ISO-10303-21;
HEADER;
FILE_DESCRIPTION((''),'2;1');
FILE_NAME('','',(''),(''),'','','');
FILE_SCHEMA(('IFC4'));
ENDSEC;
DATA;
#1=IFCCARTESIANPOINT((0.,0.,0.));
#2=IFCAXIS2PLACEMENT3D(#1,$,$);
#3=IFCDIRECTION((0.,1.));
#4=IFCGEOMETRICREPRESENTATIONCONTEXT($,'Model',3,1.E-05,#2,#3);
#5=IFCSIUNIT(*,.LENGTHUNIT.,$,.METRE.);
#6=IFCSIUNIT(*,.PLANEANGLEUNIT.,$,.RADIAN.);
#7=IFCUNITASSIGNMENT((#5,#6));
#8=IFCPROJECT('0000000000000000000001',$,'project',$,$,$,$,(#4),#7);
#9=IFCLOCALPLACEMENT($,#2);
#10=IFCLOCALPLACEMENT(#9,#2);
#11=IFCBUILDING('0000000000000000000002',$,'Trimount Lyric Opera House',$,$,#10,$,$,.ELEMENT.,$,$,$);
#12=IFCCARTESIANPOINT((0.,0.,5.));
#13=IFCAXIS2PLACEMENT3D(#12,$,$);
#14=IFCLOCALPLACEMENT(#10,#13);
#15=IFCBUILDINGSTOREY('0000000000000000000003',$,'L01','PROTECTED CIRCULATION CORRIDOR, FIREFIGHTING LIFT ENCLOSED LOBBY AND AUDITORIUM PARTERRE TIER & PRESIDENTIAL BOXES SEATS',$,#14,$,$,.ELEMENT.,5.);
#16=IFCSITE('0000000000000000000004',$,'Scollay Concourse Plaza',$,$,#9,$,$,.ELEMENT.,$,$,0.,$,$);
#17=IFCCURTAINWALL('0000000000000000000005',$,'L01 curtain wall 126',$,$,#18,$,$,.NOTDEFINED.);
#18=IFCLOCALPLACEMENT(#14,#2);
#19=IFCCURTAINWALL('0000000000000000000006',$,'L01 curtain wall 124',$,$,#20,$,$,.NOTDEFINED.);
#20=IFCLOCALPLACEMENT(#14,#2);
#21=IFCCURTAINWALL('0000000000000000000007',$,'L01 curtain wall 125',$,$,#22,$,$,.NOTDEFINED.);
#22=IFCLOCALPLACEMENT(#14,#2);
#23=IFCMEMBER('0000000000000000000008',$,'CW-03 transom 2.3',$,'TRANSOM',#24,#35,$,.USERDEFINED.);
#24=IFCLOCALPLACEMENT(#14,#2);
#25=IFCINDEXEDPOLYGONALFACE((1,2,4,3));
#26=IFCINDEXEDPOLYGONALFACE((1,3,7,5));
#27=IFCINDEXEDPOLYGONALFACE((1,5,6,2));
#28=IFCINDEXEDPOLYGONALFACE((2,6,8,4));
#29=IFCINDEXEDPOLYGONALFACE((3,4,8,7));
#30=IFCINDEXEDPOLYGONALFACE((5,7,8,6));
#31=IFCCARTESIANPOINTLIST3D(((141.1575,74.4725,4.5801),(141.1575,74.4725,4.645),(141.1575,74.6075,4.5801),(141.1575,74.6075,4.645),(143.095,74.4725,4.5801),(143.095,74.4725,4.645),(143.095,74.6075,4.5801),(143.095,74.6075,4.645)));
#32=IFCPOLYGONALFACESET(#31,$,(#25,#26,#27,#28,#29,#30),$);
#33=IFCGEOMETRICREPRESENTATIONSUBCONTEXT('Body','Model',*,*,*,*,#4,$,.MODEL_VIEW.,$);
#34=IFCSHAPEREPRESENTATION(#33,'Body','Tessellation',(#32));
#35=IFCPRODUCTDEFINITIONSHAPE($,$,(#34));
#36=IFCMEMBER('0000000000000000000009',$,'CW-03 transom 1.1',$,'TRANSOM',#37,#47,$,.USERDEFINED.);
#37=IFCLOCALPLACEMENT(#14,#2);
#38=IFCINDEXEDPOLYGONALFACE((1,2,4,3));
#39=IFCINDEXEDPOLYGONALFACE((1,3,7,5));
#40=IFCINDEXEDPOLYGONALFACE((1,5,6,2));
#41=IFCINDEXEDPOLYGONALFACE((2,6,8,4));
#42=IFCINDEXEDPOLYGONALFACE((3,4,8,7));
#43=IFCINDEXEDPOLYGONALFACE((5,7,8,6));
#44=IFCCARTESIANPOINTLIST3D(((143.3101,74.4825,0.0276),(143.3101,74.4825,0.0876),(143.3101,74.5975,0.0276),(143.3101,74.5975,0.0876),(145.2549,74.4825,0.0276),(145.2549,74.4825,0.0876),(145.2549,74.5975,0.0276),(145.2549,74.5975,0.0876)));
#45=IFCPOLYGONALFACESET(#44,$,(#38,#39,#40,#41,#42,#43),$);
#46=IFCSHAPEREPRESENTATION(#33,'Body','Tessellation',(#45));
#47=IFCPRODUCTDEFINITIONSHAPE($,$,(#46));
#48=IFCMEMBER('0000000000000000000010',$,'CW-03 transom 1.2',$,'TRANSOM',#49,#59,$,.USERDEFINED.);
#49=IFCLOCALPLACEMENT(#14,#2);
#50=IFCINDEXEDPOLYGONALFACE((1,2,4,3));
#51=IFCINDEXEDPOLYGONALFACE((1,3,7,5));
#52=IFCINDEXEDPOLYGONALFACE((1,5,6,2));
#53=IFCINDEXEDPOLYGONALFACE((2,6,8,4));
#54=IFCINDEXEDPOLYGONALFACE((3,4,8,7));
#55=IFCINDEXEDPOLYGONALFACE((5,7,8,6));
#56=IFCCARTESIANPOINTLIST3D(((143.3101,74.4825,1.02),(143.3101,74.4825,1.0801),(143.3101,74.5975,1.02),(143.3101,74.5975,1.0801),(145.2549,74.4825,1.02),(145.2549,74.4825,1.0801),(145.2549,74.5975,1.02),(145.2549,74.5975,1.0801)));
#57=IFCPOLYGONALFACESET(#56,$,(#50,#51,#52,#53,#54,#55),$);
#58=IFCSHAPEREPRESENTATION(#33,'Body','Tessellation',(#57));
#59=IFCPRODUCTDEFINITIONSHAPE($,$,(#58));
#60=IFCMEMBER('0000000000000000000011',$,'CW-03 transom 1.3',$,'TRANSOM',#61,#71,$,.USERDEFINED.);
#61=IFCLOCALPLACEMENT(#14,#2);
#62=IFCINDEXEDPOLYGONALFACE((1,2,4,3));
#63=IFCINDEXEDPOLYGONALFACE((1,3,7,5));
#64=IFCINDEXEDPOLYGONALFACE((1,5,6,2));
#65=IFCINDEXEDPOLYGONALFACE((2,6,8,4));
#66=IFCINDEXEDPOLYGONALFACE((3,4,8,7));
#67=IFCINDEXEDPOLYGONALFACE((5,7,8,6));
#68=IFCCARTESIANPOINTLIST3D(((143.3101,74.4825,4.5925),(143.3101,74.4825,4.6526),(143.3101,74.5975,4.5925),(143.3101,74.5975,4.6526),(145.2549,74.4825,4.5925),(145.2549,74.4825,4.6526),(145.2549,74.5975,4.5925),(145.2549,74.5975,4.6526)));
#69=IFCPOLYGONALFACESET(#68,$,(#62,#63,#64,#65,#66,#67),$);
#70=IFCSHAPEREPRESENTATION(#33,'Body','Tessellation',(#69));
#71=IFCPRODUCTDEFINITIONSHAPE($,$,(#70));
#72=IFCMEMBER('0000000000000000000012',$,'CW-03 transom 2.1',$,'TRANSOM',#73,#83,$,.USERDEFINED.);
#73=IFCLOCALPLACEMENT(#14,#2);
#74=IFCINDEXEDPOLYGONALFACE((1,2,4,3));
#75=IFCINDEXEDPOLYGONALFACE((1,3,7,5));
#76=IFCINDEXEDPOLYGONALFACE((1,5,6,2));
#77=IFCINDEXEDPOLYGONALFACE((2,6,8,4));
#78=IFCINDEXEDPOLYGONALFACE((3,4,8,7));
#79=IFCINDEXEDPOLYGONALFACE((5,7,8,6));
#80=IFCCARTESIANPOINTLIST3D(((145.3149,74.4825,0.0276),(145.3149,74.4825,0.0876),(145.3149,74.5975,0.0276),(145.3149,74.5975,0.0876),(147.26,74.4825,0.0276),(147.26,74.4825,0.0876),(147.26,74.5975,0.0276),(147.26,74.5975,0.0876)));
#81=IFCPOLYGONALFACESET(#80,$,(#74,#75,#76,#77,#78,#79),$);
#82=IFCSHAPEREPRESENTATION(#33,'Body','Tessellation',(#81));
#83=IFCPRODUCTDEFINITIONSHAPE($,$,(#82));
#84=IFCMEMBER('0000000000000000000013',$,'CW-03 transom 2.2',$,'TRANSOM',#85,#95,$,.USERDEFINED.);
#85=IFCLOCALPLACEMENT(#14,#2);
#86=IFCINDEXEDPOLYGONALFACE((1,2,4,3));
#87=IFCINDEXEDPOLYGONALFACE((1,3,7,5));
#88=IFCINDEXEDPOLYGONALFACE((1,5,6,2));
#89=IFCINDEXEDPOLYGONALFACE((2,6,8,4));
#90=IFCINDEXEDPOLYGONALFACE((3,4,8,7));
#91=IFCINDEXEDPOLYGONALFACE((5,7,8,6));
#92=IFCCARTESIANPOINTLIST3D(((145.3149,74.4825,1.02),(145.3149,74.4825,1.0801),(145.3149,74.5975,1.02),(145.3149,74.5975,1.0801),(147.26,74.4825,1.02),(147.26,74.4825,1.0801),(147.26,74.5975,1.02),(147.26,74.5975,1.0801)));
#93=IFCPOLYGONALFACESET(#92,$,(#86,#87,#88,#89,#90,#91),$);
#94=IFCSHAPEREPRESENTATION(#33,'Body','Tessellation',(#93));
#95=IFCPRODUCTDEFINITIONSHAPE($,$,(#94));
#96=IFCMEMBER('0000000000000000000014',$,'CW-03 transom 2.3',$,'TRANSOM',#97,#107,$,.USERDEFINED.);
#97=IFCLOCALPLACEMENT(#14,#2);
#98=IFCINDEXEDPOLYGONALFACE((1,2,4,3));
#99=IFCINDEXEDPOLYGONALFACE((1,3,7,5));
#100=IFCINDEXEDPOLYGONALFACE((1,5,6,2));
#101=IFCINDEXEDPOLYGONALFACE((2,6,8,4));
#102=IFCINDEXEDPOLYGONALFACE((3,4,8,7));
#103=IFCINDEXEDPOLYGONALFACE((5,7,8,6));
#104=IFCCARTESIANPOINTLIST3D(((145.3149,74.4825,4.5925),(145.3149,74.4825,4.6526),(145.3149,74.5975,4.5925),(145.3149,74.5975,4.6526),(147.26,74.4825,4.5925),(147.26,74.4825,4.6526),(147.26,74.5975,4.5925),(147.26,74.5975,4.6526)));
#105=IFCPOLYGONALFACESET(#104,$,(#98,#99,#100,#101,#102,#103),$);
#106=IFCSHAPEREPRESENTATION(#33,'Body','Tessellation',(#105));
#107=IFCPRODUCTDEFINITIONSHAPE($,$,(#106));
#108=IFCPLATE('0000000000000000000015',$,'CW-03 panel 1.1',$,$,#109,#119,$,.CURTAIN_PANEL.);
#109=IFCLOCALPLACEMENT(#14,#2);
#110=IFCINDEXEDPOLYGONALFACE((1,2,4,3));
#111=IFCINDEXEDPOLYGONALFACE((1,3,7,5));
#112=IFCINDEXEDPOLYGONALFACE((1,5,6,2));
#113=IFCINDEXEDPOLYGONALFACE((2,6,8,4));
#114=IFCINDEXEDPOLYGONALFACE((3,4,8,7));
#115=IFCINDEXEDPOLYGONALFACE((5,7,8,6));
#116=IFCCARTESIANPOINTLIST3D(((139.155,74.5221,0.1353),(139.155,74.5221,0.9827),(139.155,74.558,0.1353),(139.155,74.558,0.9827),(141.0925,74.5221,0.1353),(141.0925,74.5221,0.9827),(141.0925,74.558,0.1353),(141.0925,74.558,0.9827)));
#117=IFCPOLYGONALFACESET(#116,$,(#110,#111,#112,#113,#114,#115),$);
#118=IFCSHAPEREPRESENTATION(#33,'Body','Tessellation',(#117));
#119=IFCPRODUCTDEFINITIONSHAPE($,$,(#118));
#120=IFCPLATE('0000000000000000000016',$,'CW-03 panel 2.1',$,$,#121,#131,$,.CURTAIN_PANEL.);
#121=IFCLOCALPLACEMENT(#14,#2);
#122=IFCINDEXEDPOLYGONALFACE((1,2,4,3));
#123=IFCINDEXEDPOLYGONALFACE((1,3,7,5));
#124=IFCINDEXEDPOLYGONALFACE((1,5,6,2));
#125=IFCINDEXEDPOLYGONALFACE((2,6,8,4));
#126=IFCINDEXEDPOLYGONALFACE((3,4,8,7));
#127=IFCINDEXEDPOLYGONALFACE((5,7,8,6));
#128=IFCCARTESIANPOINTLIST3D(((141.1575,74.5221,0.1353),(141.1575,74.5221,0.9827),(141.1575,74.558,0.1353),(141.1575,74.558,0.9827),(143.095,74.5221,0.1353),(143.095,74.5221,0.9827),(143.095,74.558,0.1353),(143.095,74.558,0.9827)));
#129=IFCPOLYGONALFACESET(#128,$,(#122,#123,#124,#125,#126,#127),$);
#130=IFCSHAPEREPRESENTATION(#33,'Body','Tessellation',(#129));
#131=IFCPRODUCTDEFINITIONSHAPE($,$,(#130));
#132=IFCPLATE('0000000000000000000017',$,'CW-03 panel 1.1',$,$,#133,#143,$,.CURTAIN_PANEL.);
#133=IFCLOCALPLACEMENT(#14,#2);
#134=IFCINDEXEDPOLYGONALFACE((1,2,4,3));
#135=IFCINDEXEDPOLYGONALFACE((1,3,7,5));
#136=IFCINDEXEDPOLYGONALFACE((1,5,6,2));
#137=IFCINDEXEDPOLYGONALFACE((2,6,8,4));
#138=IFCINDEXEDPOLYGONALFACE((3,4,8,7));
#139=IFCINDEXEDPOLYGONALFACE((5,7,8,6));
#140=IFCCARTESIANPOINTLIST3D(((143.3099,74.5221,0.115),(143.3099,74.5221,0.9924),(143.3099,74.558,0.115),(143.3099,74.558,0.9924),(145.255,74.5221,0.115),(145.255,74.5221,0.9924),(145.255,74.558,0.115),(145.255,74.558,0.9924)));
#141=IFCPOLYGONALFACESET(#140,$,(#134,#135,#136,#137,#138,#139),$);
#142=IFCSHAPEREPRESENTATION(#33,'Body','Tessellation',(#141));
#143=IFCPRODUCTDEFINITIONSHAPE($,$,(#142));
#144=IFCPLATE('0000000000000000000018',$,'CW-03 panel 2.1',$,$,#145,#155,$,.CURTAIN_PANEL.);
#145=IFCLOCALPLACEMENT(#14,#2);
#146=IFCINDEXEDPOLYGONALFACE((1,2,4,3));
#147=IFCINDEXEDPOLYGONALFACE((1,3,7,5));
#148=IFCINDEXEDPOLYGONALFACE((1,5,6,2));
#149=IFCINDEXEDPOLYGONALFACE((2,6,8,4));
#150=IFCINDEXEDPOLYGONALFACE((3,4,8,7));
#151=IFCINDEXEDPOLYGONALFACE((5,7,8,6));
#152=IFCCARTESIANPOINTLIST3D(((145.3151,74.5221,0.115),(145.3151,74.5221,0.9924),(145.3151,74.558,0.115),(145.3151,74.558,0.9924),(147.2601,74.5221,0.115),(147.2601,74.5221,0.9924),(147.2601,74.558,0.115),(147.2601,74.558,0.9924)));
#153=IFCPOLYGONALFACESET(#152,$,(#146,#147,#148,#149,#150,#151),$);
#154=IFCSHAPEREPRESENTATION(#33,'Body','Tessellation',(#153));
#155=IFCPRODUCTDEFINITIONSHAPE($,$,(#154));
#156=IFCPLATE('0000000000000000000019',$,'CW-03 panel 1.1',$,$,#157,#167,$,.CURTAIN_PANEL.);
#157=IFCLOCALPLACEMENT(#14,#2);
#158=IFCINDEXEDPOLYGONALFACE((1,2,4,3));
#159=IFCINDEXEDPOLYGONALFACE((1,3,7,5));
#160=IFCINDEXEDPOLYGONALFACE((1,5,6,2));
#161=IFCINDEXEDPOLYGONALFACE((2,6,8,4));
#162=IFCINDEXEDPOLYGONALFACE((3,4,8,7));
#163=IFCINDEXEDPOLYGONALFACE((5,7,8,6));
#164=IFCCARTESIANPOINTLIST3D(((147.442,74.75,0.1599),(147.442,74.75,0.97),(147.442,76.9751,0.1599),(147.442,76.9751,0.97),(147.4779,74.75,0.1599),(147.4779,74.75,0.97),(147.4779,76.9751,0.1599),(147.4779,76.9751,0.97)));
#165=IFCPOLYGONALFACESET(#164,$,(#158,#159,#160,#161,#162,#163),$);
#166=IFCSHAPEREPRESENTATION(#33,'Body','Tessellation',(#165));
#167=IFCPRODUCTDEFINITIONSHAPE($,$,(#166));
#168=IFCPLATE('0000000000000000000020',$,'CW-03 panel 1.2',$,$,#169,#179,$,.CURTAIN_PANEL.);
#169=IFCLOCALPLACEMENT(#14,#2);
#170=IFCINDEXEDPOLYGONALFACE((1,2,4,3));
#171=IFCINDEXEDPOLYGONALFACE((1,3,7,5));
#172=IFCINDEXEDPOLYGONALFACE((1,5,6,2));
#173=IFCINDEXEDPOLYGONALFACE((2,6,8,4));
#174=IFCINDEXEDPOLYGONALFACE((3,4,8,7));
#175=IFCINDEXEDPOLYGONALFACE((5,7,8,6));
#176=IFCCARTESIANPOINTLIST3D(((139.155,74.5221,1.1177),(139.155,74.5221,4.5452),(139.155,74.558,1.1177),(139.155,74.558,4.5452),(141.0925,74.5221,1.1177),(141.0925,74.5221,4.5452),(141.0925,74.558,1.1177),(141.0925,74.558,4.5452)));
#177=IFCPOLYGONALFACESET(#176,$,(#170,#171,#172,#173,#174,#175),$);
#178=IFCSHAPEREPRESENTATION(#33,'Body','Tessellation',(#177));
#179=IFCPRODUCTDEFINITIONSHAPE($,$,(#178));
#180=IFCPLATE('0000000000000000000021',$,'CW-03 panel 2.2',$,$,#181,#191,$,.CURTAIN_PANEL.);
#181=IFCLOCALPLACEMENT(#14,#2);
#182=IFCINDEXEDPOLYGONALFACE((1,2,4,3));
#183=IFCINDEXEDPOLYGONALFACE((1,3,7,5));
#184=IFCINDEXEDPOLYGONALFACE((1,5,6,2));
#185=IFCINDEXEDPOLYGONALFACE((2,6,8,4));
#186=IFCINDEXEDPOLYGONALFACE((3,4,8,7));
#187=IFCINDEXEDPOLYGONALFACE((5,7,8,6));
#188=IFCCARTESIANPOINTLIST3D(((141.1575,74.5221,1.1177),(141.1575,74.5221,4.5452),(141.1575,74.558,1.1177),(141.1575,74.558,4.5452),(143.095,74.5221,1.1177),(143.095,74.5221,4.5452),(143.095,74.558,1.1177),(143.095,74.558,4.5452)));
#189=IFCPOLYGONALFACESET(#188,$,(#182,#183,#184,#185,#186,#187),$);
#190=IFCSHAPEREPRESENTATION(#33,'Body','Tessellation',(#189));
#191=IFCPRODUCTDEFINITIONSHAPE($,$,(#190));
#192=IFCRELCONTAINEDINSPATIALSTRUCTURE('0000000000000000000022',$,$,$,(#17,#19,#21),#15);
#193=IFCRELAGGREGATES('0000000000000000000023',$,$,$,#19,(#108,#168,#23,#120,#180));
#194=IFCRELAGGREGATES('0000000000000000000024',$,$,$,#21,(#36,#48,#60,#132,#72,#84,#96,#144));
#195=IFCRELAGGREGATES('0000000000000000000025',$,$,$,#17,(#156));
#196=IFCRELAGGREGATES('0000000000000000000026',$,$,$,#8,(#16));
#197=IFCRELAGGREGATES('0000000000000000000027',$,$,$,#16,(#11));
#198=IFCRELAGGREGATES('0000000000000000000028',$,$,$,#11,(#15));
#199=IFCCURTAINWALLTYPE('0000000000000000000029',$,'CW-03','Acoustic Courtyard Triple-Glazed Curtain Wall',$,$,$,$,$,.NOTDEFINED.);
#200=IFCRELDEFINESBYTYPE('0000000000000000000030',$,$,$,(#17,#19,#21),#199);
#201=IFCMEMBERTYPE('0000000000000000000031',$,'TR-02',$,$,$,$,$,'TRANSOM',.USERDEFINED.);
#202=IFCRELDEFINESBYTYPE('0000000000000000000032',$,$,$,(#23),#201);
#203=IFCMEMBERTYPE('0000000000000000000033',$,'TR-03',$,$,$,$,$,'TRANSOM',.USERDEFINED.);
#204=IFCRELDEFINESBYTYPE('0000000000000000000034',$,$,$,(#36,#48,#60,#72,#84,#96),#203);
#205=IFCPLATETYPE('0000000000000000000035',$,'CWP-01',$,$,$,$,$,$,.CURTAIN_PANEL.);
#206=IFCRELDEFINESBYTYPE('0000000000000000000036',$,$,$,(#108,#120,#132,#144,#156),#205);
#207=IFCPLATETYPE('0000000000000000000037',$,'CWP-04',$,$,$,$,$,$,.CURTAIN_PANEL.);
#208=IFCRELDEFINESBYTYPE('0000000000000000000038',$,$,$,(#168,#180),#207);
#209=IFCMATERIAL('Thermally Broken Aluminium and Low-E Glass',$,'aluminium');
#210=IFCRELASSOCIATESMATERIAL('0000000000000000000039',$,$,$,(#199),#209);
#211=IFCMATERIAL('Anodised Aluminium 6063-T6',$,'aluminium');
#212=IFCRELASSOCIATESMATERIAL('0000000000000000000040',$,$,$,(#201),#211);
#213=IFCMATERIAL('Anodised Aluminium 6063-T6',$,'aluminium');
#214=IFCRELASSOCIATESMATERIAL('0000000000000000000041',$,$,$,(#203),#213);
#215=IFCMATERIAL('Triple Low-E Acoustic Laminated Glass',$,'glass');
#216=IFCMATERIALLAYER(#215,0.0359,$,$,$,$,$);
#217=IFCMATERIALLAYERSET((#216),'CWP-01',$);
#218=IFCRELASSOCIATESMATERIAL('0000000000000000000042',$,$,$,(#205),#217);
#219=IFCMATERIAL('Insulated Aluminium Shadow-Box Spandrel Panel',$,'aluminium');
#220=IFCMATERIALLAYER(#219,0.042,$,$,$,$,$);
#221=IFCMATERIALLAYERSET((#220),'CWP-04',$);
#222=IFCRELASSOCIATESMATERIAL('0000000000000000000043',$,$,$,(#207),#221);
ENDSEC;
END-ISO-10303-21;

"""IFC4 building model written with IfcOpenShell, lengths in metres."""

from ifc_helpers import new_model, si_unit, direction, frame, origin, origin_2d, place, context, subcontext, project, spatial, rectangle, extrude, material, layer, layer_set, material_profile, profile_set, type_object, element, aggregate, save


model = new_model("IFC4")

# Units and contexts
model_context = context("Model", 3, precision=1e-05, world=origin(), true_north=direction((0.0, 1.0)))
body_context = subcontext(model_context, "Body", "Model", "MODEL_VIEW")
ifc_project = project(units=[si_unit("LENGTHUNIT", "METRE"), si_unit("PLANEANGLEUNIT", "RADIAN")], contexts=[model_context])

# Site, building, storey
site_placement = place(None, origin())
site = spatial("IfcSite", under=ifc_project, at=site_placement, Name="Scollay Concourse Plaza", CompositionType="ELEMENT", RefElevation=0.0)
building_placement = place(site_placement, origin())
building = spatial("IfcBuilding", under=site, at=building_placement, Name="Trimount Lyric Opera House", CompositionType="ELEMENT")
storey_placement = place(building_placement, frame((0.0, 0.0, 5.0)))
storey = spatial("IfcBuildingStorey", under=building, at=storey_placement, Name="L01", Description="PROTECTED CIRCULATION CORRIDOR, FIREFIGHTING LIFT ENCLOSED LOBBY AND AUDITORIUM PARTERRE TIER & PRESIDENTIAL BOXES SEATS", CompositionType="ELEMENT", Elevation=5.0)

# Curtain wall
ifc_material_1 = material(Name="Thermally Broken Aluminium and Low-E Glass", Category="aluminium")
curtain_wall_type = type_object("IfcCurtainWallType", Name="CW-03", Description="Acoustic Courtyard Triple-Glazed Curtain Wall", PredefinedType="NOTDEFINED", material=ifc_material_1)
curtain_wall_1_placement = place(storey_placement, origin())
curtain_wall_1 = element("IfcCurtainWall", 1, at=curtain_wall_1_placement, inside=storey, type_object=curtain_wall_type, Name="L01 curtain wall 126", PredefinedType="NOTDEFINED")

# Curtain walls
curtain_wall_2_placement = place(storey_placement, origin())
curtain_wall_2 = element("IfcCurtainWall", 2, at=curtain_wall_2_placement, inside=storey, type_object=curtain_wall_type, Name="L01 curtain wall 124", PredefinedType="NOTDEFINED")
curtain_wall_3_placement = place(storey_placement, origin())
curtain_wall_3 = element("IfcCurtainWall", 3, at=curtain_wall_3_placement, inside=storey, type_object=curtain_wall_type, Name="L01 curtain wall 125", PredefinedType="NOTDEFINED")

# Members
ifc_material_2 = material(Name="Anodised Aluminium 6063-T6", Category="aluminium")
ifc_material_profile_1 = material_profile(ifc_material_2, rectangle(XDim=0.135, YDim=0.0649, at=origin_2d()), Name="ALU-TRAN-65X135")
ifc_profile_set_1 = profile_set([ifc_material_profile_1], Name="Anodised Aluminium 6063-T6")
member_type_1 = type_object("IfcMemberType", Name="TR-02", ElementType="TRANSOM", PredefinedType="USERDEFINED", material=ifc_profile_set_1)
member_1_placement = place(storey_placement, frame((141.1575, 74.54, 4.6125), z_axis=(1.0, 0.0, 0.0), x_axis=(0.0, 1.0, 0.0)))
member_1 = element("IfcMember", 4, at=member_1_placement, type_object=member_type_1, Name="CW-03 transom 2.3", ObjectType="TRANSOM", PredefinedType="USERDEFINED", context=body_context, shape_type="SweptSolid", body=[
    extrude(rectangle(XDim=0.135, YDim=0.0649, at=origin_2d()), origin(), (0.0, 0.0, 1.0), 1.9375),
])
ifc_material_3 = material(Name="Anodised Aluminium 6063-T6", Category="aluminium")
ifc_material_profile_2 = material_profile(ifc_material_3, rectangle(XDim=0.115, YDim=0.0601, at=origin_2d()), Name="ALU-TRAN-60X115")
ifc_profile_set_2 = profile_set([ifc_material_profile_2], Name="Anodised Aluminium 6063-T6")
member_type_2 = type_object("IfcMemberType", Name="TR-03", ElementType="TRANSOM", PredefinedType="USERDEFINED", material=ifc_profile_set_2)
member_2_placement = place(storey_placement, frame((143.3101, 74.54, 0.0576), z_axis=(1.0, 0.0, 0.0), x_axis=(0.0, 1.0, 0.0)))
member_2 = element("IfcMember", 5, at=member_2_placement, type_object=member_type_2, Name="CW-03 transom 1.1", ObjectType="TRANSOM", PredefinedType="USERDEFINED", context=body_context, shape_type="SweptSolid", body=[
    extrude(rectangle(XDim=0.115, YDim=0.0601, at=origin_2d()), origin(), (0.0, 0.0, 1.0), 1.9448),
])
member_3_placement = place(storey_placement, frame((143.3101, 74.54, 1.05), z_axis=(1.0, 0.0, 0.0), x_axis=(0.0, 1.0, 0.0)))
member_3 = element("IfcMember", 6, at=member_3_placement, type_object=member_type_2, Name="CW-03 transom 1.2", ObjectType="TRANSOM", PredefinedType="USERDEFINED", context=body_context, shape_type="SweptSolid", body=[
    extrude(rectangle(XDim=0.115, YDim=0.0601, at=origin_2d()), origin(), (0.0, 0.0, 1.0), 1.9448),
])
member_4_placement = place(storey_placement, frame((143.3101, 74.54, 4.6226), z_axis=(1.0, 0.0, 0.0), x_axis=(0.0, 1.0, 0.0)))
member_4 = element("IfcMember", 7, at=member_4_placement, type_object=member_type_2, Name="CW-03 transom 1.3", ObjectType="TRANSOM", PredefinedType="USERDEFINED", context=body_context, shape_type="SweptSolid", body=[
    extrude(rectangle(XDim=0.115, YDim=0.0601, at=origin_2d()), origin(), (0.0, 0.0, 1.0), 1.9448),
])
member_5_placement = place(storey_placement, frame((145.3149, 74.54, 0.0576), z_axis=(1.0, 0.0, 0.0), x_axis=(0.0, 1.0, 0.0)))
member_5 = element("IfcMember", 8, at=member_5_placement, type_object=member_type_2, Name="CW-03 transom 2.1", ObjectType="TRANSOM", PredefinedType="USERDEFINED", context=body_context, shape_type="SweptSolid", body=[
    extrude(rectangle(XDim=0.115, YDim=0.0601, at=origin_2d()), origin(), (0.0, 0.0, 1.0), 1.9451),
])
member_6_placement = place(storey_placement, frame((145.3149, 74.54, 1.05), z_axis=(1.0, 0.0, 0.0), x_axis=(0.0, 1.0, 0.0)))
member_6 = element("IfcMember", 9, at=member_6_placement, type_object=member_type_2, Name="CW-03 transom 2.2", ObjectType="TRANSOM", PredefinedType="USERDEFINED", context=body_context, shape_type="SweptSolid", body=[
    extrude(rectangle(XDim=0.115, YDim=0.0601, at=origin_2d()), origin(), (0.0, 0.0, 1.0), 1.9451),
])
member_7_placement = place(storey_placement, frame((145.3149, 74.54, 4.6226), z_axis=(1.0, 0.0, 0.0), x_axis=(0.0, 1.0, 0.0)))
member_7 = element("IfcMember", 10, at=member_7_placement, type_object=member_type_2, Name="CW-03 transom 2.3", ObjectType="TRANSOM", PredefinedType="USERDEFINED", context=body_context, shape_type="SweptSolid", body=[
    extrude(rectangle(XDim=0.115, YDim=0.0601, at=origin_2d()), origin(), (0.0, 0.0, 1.0), 1.9451),
])

# Plates
ifc_material_4 = material(Name="Triple Low-E Acoustic Laminated Glass", Category="glass")
ifc_layer_1 = layer(ifc_material_4, 0.0359)
ifc_layer_set_1 = layer_set([ifc_layer_1], Name="CWP-01")
plate_type_1 = type_object("IfcPlateType", Name="CWP-01", PredefinedType="CURTAIN_PANEL", material=ifc_layer_set_1)
plate_1_placement = place(storey_placement, frame((140.1238, 74.54, 0.1353), z_axis=(0.0, 0.0, 1.0), x_axis=(1.0, 0.0, 0.0)))
plate_1 = element("IfcPlate", 11, at=plate_1_placement, type_object=plate_type_1, Name="CW-03 panel 1.1", PredefinedType="CURTAIN_PANEL", context=body_context, shape_type="SweptSolid", body=[
    extrude(rectangle(XDim=1.9375, YDim=0.0359, at=origin_2d()), origin(), (0.0, 0.0, 1.0), 0.8474),
])
plate_2_placement = place(storey_placement, frame((142.1262, 74.54, 0.1353), z_axis=(0.0, 0.0, 1.0), x_axis=(1.0, 0.0, 0.0)))
plate_2 = element("IfcPlate", 12, at=plate_2_placement, type_object=plate_type_1, Name="CW-03 panel 2.1", PredefinedType="CURTAIN_PANEL", context=body_context, shape_type="SweptSolid", body=[
    extrude(rectangle(XDim=1.9375, YDim=0.0359, at=origin_2d()), origin(), (0.0, 0.0, 1.0), 0.8474),
])
plate_3_placement = place(storey_placement, frame((144.2825, 74.54, 0.115), z_axis=(0.0, 0.0, 1.0), x_axis=(1.0, 0.0, 0.0)))
plate_3 = element("IfcPlate", 13, at=plate_3_placement, type_object=plate_type_1, Name="CW-03 panel 1.1", PredefinedType="CURTAIN_PANEL", context=body_context, shape_type="SweptSolid", body=[
    extrude(rectangle(XDim=1.9451, YDim=0.0359, at=origin_2d()), origin(), (0.0, 0.0, 1.0), 0.8774),
])
plate_4_placement = place(storey_placement, frame((146.2876, 74.54, 0.115), z_axis=(0.0, 0.0, 1.0), x_axis=(1.0, 0.0, 0.0)))
plate_4 = element("IfcPlate", 14, at=plate_4_placement, type_object=plate_type_1, Name="CW-03 panel 2.1", PredefinedType="CURTAIN_PANEL", context=body_context, shape_type="SweptSolid", body=[
    extrude(rectangle(XDim=1.9451, YDim=0.0359, at=origin_2d()), origin(), (0.0, 0.0, 1.0), 0.8774),
])
plate_5_placement = place(storey_placement, frame((147.46, 75.8625, 0.1599), z_axis=(0.0, 0.0, 1.0), x_axis=(0.0, 1.0, 0.0)))
plate_5 = element("IfcPlate", 15, at=plate_5_placement, type_object=plate_type_1, Name="CW-03 panel 1.1", PredefinedType="CURTAIN_PANEL", context=body_context, shape_type="SweptSolid", body=[
    extrude(rectangle(XDim=2.2251, YDim=0.0359, at=origin_2d()), origin(), (0.0, 0.0, 1.0), 0.8101),
])
ifc_material_5 = material(Name="Insulated Aluminium Shadow-Box Spandrel Panel", Category="aluminium")
ifc_layer_2 = layer(ifc_material_5, 0.042)
ifc_layer_set_2 = layer_set([ifc_layer_2], Name="CWP-04")
plate_type_2 = type_object("IfcPlateType", Name="CWP-04", PredefinedType="CURTAIN_PANEL", material=ifc_layer_set_2)
plate_6_placement = place(storey_placement, frame((140.1238, 74.54, 1.1177), z_axis=(0.0, 0.0, 1.0), x_axis=(1.0, 0.0, 0.0)))
plate_6 = element("IfcPlate", 16, at=plate_6_placement, type_object=plate_type_2, Name="CW-03 panel 1.2", PredefinedType="CURTAIN_PANEL", context=body_context, shape_type="SweptSolid", body=[
    extrude(rectangle(XDim=1.9375, YDim=0.0359, at=origin_2d()), origin(), (0.0, 0.0, 1.0), 3.4275),
])
plate_7_placement = place(storey_placement, frame((142.1262, 74.54, 1.1177), z_axis=(0.0, 0.0, 1.0), x_axis=(1.0, 0.0, 0.0)))
plate_7 = element("IfcPlate", 17, at=plate_7_placement, type_object=plate_type_2, Name="CW-03 panel 2.2", PredefinedType="CURTAIN_PANEL", context=body_context, shape_type="SweptSolid", body=[
    extrude(rectangle(XDim=1.9375, YDim=0.0359, at=origin_2d()), origin(), (0.0, 0.0, 1.0), 3.4275),
])
aggregate(curtain_wall_2, [plate_1, plate_6, member_1, plate_2, plate_7])
aggregate(curtain_wall_3, [member_2, member_3, member_4, plate_3, member_5, member_6, member_7, plate_4])
aggregate(curtain_wall_1, [plate_5])

save(model, "model.ifc")
